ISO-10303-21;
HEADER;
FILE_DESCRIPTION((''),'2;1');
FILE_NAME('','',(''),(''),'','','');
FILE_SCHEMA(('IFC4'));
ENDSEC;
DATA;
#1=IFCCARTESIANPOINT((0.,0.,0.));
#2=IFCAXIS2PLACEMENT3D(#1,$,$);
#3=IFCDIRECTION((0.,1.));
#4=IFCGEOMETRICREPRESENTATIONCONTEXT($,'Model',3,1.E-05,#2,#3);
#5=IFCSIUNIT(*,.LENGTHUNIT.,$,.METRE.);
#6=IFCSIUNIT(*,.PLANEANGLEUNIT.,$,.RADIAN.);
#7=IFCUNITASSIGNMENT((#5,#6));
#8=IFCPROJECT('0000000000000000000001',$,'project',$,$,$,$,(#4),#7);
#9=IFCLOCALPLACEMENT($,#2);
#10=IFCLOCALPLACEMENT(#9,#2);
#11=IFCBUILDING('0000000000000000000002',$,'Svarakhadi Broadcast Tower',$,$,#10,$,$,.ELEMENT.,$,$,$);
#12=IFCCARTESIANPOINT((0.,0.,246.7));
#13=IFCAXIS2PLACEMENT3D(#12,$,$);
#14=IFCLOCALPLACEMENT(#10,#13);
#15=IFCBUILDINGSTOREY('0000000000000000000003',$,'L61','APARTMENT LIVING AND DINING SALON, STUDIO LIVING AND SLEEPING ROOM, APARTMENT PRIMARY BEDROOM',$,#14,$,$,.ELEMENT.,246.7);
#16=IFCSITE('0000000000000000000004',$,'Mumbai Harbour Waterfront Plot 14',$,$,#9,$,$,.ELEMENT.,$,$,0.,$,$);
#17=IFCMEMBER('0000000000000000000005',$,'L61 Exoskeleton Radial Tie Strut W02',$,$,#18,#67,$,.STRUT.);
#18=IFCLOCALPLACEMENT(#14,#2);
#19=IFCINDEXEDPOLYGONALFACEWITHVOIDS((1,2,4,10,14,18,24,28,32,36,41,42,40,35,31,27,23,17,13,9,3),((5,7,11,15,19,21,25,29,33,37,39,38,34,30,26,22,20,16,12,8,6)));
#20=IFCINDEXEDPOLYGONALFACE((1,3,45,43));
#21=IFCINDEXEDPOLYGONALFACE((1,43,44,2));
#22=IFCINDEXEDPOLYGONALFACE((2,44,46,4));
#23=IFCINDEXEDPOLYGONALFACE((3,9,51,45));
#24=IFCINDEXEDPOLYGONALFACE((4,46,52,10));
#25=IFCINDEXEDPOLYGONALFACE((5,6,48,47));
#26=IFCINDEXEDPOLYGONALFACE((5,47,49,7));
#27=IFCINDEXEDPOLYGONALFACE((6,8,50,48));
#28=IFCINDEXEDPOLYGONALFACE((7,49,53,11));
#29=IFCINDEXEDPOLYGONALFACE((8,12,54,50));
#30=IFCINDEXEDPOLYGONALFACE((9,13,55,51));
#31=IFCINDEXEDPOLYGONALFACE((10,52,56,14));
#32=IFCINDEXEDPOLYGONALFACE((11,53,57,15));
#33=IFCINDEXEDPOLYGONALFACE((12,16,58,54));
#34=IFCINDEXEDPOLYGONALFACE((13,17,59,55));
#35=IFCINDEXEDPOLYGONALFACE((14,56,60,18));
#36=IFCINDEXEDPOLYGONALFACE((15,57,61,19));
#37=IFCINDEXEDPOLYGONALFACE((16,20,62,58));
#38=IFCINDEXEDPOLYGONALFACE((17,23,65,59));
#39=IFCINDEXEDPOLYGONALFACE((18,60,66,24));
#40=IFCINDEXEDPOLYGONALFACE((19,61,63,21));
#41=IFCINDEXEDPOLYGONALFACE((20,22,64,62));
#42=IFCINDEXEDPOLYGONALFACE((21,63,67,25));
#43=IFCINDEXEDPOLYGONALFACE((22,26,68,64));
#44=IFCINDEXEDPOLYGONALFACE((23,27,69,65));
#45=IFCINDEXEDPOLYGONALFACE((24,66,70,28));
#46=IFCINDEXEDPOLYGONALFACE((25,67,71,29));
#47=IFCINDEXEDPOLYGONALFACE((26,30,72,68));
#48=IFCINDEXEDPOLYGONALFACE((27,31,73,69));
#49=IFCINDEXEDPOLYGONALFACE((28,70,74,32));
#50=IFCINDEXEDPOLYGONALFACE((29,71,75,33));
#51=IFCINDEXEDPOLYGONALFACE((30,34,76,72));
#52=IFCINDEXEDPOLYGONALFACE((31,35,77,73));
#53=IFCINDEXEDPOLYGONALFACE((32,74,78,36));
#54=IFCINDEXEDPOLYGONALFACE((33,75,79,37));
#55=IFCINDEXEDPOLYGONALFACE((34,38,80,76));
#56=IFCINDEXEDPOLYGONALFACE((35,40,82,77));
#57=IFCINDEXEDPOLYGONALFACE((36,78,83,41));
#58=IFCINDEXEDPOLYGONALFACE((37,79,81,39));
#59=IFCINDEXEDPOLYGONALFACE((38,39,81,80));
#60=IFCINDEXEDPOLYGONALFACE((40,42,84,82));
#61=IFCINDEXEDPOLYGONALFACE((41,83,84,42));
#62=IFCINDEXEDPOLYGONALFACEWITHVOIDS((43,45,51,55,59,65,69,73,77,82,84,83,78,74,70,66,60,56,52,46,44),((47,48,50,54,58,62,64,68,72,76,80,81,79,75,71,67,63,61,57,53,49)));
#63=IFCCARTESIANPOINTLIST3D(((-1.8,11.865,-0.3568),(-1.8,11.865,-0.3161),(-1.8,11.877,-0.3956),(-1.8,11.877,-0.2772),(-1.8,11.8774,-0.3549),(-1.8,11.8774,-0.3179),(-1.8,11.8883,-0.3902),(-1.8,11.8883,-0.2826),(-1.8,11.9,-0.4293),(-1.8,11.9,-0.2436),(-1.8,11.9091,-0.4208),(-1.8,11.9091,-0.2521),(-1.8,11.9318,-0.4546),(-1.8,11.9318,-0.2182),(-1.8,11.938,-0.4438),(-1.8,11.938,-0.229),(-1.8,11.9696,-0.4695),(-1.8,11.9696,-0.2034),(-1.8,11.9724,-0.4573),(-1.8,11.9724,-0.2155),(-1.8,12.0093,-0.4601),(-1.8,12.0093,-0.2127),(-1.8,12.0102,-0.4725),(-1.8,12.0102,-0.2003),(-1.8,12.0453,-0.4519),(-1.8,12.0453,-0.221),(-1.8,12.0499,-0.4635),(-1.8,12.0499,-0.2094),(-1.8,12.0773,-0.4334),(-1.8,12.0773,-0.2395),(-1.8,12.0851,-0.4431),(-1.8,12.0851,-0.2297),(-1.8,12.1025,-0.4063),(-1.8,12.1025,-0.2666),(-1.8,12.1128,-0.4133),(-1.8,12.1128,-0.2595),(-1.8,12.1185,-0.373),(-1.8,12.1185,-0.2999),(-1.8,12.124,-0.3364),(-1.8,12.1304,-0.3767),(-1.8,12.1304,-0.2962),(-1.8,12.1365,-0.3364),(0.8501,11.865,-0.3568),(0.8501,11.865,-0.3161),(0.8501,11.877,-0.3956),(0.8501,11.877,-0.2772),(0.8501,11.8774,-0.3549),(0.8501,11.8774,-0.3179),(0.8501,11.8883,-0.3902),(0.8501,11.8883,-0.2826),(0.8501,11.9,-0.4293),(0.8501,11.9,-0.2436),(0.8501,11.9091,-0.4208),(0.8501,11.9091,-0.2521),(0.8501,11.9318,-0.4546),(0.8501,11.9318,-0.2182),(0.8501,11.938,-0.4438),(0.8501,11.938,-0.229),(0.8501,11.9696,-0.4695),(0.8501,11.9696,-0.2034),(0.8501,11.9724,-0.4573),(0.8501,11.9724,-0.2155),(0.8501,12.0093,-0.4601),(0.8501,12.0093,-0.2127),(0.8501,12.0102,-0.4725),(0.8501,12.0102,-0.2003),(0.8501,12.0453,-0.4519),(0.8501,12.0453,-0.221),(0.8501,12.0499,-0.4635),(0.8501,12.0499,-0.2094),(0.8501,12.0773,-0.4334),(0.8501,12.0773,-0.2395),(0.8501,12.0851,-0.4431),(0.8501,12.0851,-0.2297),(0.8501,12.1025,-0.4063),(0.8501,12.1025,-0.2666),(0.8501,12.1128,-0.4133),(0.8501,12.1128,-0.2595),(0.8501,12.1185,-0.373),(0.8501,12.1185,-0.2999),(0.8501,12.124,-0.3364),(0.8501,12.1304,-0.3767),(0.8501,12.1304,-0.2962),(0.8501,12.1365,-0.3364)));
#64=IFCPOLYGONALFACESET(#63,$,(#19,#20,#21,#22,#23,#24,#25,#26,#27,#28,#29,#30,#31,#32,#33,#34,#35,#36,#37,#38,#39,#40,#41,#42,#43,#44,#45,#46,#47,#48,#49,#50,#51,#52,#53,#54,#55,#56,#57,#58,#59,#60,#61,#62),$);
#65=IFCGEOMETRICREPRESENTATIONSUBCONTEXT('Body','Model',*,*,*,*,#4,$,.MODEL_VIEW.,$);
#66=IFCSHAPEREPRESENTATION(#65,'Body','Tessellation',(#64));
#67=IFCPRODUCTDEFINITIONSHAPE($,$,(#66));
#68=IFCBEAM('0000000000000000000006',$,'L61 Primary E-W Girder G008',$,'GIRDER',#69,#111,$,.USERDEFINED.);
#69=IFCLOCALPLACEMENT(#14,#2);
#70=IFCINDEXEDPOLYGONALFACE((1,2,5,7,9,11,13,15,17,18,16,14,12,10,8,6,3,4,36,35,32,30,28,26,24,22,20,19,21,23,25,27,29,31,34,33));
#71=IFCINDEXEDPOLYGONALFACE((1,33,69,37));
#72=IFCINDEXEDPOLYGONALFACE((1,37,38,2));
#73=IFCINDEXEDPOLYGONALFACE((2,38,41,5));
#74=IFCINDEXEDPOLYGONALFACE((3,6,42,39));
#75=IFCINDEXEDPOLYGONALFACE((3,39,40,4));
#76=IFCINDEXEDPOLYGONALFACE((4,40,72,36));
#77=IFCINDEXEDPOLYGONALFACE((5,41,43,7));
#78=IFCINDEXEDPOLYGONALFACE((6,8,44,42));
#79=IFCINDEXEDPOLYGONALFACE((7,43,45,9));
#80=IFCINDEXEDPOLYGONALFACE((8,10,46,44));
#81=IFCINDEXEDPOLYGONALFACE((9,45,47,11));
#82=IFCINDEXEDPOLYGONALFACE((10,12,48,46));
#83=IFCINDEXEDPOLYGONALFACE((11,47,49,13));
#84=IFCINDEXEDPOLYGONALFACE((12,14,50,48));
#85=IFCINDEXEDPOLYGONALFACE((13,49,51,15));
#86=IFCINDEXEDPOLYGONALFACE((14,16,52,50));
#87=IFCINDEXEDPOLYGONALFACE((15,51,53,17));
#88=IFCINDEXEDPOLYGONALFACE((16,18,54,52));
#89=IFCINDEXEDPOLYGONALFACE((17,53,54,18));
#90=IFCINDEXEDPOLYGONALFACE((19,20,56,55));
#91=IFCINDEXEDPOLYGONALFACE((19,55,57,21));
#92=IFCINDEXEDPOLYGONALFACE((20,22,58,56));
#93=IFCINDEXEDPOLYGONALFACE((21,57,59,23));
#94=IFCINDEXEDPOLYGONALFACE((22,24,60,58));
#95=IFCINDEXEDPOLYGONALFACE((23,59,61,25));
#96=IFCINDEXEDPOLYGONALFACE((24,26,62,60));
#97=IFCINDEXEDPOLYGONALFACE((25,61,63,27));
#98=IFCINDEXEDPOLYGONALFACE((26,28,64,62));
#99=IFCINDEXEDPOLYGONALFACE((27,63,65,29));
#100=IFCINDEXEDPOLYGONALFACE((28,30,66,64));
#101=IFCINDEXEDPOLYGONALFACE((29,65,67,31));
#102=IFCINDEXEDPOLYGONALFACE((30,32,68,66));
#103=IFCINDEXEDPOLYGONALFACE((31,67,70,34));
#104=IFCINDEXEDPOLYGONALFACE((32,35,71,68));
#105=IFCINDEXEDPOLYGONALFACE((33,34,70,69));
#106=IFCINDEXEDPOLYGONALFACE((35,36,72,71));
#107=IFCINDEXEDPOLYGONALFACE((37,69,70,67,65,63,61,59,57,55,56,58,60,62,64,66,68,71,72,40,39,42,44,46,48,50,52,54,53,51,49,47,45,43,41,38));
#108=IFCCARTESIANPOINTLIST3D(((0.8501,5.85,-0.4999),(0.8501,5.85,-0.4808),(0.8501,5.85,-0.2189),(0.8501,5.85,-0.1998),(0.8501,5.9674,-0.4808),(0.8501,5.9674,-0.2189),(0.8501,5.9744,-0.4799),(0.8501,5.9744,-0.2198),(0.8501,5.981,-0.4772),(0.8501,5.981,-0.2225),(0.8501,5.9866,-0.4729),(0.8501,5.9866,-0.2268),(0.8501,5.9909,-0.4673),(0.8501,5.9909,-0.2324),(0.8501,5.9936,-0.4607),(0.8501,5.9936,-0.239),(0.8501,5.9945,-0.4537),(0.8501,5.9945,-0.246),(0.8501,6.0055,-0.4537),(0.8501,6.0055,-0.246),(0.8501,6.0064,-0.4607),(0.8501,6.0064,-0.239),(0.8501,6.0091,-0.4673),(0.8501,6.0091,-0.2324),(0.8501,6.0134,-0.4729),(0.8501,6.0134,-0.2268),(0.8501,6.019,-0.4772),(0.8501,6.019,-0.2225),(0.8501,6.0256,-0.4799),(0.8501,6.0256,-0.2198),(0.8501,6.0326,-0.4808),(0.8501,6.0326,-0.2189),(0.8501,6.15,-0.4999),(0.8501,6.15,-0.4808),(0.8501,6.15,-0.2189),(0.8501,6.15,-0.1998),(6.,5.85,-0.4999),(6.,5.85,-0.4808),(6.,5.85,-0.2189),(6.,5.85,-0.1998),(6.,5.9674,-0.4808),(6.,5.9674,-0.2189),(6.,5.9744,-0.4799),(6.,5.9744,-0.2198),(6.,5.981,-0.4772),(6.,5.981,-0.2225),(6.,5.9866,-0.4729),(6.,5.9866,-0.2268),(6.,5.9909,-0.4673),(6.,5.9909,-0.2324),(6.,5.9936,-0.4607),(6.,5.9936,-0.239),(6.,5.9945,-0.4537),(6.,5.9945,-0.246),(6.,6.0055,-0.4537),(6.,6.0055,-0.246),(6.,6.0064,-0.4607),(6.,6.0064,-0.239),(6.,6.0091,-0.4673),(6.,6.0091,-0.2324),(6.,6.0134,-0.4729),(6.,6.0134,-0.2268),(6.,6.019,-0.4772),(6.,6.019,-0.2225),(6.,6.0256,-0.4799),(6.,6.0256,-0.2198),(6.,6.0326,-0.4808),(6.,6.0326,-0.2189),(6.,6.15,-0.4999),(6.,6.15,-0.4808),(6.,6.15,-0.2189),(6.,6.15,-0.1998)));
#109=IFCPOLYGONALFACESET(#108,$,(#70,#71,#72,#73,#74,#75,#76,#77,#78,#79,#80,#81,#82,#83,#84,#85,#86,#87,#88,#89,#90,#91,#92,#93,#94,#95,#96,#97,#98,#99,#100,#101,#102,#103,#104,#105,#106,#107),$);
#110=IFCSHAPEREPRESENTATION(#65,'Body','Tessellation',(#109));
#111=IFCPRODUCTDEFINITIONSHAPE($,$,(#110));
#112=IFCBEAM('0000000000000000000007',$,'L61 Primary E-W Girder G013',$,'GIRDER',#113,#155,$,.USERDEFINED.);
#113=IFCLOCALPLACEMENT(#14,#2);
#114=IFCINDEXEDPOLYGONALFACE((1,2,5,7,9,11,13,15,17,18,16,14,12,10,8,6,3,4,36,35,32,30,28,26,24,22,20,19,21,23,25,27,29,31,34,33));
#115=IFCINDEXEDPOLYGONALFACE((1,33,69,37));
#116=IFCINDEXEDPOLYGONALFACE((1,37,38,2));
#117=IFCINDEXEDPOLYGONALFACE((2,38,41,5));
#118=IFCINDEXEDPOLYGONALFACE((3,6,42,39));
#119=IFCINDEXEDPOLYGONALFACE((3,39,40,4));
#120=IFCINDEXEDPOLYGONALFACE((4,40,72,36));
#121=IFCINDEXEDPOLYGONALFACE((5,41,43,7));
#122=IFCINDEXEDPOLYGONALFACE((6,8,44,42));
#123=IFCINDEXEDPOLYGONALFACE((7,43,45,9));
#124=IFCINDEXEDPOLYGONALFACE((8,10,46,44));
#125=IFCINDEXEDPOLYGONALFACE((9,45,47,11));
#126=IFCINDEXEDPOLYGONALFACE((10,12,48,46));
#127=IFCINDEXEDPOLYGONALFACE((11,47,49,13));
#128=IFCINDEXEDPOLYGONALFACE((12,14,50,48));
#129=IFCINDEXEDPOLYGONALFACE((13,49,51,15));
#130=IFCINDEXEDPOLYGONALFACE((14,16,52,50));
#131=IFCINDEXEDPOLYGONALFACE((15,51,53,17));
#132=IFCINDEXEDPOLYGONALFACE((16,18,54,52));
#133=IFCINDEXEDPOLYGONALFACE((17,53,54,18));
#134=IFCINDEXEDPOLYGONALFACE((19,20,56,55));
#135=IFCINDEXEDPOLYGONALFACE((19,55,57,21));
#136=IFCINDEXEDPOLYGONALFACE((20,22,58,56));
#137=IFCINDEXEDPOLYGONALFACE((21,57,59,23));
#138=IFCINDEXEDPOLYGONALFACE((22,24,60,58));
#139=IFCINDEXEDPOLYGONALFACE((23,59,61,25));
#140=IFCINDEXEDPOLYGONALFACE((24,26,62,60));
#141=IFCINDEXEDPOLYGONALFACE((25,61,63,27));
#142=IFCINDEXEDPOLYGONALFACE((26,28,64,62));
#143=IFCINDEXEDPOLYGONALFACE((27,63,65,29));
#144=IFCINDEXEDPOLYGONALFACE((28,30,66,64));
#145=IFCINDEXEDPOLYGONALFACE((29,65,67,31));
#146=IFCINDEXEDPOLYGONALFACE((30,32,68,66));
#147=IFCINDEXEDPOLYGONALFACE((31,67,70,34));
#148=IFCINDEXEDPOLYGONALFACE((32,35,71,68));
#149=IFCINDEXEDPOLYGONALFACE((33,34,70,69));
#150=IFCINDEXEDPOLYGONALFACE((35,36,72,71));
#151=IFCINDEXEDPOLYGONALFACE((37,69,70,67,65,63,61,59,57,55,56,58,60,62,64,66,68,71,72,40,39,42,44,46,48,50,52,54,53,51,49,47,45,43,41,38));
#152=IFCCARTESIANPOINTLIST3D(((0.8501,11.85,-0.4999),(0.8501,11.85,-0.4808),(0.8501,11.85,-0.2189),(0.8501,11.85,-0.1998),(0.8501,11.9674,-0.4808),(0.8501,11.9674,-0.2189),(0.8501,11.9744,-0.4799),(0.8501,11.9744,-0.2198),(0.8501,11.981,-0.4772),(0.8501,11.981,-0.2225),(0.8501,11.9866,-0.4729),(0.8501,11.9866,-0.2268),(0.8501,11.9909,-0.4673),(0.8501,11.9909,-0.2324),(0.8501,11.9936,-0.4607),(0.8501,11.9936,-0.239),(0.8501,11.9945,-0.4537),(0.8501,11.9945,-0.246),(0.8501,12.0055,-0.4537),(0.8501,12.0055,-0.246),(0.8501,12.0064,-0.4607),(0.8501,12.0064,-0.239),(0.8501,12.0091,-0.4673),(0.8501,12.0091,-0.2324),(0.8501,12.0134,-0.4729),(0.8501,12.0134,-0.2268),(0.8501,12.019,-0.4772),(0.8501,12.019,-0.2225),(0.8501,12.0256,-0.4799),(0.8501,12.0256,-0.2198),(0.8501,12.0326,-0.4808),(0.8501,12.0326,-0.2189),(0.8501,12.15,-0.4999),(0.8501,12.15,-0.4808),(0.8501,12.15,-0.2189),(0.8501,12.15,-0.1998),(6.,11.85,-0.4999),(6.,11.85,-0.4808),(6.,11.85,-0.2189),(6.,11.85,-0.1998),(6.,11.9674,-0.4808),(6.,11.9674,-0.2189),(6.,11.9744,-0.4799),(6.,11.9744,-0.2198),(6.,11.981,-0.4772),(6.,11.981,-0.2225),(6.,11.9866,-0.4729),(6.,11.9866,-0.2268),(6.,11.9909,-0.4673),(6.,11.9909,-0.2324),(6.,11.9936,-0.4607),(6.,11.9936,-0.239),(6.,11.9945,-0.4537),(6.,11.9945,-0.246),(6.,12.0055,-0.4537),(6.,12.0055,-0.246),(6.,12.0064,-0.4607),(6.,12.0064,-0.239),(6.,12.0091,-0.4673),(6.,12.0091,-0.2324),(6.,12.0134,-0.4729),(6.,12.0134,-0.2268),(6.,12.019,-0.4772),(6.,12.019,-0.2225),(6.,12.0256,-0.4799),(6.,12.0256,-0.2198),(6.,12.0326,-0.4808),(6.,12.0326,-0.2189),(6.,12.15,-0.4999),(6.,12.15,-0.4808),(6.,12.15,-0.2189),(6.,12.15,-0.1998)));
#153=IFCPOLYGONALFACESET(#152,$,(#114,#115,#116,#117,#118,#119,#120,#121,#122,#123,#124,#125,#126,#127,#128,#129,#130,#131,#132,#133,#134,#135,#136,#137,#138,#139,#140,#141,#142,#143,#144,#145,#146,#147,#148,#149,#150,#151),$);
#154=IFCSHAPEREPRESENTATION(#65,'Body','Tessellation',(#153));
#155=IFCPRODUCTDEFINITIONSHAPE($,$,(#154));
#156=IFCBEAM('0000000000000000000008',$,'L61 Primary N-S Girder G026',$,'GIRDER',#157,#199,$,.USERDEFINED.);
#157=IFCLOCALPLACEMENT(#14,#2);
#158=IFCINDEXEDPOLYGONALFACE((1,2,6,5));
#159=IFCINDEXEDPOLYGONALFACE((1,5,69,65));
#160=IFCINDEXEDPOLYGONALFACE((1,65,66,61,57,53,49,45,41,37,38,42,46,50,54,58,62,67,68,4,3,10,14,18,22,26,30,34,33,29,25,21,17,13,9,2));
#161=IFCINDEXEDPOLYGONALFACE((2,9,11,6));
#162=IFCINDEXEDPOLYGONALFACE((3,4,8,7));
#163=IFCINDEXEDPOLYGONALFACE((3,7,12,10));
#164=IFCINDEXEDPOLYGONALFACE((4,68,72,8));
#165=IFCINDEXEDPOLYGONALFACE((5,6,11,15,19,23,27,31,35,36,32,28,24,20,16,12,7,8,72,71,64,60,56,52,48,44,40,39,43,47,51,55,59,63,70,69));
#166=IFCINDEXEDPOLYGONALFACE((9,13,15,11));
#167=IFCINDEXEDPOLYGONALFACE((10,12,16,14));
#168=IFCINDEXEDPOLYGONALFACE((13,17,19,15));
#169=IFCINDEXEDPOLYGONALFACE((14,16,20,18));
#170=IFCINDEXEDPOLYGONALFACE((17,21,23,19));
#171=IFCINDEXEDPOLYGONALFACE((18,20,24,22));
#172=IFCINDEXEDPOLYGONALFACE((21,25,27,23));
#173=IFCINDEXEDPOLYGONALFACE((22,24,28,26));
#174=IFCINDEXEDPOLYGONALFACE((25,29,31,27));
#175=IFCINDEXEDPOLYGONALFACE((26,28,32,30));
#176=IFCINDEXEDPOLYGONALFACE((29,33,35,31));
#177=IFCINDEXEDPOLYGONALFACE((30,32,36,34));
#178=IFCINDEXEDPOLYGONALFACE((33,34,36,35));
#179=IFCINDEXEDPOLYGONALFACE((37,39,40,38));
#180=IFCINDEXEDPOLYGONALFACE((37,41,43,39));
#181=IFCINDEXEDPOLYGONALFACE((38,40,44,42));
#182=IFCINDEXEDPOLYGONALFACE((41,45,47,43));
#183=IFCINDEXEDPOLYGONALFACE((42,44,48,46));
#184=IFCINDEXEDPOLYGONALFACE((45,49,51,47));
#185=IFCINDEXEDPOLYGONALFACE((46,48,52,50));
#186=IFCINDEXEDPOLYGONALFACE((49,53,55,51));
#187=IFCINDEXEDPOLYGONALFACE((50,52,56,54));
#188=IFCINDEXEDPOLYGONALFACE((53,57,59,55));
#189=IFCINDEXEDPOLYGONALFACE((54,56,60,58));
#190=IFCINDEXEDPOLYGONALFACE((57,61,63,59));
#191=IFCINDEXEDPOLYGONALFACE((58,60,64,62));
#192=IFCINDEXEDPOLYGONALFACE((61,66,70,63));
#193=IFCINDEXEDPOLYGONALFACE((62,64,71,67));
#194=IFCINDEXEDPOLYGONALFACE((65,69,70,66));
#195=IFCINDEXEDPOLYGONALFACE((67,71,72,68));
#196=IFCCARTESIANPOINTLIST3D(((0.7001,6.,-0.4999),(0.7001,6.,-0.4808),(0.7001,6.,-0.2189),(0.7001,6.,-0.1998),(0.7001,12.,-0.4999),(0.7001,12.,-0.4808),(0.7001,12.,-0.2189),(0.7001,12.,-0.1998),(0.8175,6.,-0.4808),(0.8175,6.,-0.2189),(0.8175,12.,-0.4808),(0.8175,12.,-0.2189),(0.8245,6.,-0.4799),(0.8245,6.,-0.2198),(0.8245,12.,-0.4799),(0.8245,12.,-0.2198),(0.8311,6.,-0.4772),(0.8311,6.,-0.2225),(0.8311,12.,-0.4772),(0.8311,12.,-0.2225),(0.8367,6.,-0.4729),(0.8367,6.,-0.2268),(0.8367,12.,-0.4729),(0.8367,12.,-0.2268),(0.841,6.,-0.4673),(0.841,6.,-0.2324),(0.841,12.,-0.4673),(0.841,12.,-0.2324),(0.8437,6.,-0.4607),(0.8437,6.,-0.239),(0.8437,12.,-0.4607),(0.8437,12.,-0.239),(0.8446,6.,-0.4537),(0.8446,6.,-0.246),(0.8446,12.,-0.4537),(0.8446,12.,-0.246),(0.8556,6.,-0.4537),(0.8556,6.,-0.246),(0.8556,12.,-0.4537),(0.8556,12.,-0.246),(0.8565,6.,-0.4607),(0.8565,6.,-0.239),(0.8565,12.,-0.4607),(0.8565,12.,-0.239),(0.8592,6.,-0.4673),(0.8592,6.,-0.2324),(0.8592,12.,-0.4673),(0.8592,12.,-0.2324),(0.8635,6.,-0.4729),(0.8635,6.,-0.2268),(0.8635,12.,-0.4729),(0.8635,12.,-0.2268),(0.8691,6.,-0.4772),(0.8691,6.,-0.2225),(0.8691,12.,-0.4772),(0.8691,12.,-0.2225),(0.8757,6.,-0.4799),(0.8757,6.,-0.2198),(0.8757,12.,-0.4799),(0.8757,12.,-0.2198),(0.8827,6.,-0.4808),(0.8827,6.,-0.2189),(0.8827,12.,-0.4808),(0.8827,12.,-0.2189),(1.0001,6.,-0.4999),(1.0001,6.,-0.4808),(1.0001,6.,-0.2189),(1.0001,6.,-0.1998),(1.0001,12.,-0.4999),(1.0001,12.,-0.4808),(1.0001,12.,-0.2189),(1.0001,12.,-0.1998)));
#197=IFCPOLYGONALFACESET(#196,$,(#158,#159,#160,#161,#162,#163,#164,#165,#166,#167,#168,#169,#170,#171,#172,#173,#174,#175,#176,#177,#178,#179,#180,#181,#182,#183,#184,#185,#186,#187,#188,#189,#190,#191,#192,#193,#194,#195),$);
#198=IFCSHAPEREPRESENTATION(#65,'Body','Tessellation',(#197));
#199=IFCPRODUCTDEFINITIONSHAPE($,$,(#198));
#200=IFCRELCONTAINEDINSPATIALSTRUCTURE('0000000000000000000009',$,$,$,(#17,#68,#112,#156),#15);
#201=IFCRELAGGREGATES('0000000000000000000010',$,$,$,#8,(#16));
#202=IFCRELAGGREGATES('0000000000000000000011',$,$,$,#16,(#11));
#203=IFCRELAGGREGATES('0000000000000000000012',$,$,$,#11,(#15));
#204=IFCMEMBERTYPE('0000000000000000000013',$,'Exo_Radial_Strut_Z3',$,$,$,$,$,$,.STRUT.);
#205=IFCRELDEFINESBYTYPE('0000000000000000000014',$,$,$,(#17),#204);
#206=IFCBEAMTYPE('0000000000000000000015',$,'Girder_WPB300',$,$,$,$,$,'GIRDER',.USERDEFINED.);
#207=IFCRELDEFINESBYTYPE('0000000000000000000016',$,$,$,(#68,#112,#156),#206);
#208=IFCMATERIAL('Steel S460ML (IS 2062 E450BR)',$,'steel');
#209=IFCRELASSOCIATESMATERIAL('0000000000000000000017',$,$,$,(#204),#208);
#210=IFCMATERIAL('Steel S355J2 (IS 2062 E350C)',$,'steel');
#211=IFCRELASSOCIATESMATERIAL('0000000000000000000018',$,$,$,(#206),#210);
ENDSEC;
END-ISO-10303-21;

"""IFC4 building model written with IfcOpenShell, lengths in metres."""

from ifc_helpers import new_model, si_unit, direction, frame, origin, origin_2d, place, context, subcontext, project, spatial, hollow_circle, i_section, extrude, material, material_profile, profile_set, type_object, element, save


model = new_model("IFC4")

# Units and contexts
model_context = context("Model", 3, precision=1e-05, world=origin(), true_north=direction((0.0, 1.0)))
body_context = subcontext(model_context, "Body", "Model", "MODEL_VIEW")
ifc_project = project(units=[si_unit("LENGTHUNIT", "METRE"), si_unit("PLANEANGLEUNIT", "RADIAN")], contexts=[model_context])

# Site, building, storey
site_placement = place(None, origin())
site = spatial("IfcSite", under=ifc_project, at=site_placement, Name="Mumbai Harbour Waterfront Plot 14", CompositionType="ELEMENT", RefElevation=0.0)
building_placement = place(site_placement, origin())
building = spatial("IfcBuilding", under=site, at=building_placement, Name="Svarakhadi Broadcast Tower", CompositionType="ELEMENT")
storey_placement = place(building_placement, frame((0.0, 0.0, 246.7)))
storey = spatial("IfcBuildingStorey", under=building, at=storey_placement, Name="L61", Description="APARTMENT LIVING AND DINING SALON, STUDIO LIVING AND SLEEPING ROOM, APARTMENT PRIMARY BEDROOM", CompositionType="ELEMENT", Elevation=246.7)

# Shared definitions
ifc_material_1 = material(Name="Steel S460ML (IS 2062 E450BR)", Category="steel")

# Shared definitions
ifc_material_2 = material(Name="Steel S355J2 (IS 2062 E350C)", Category="steel")

# Member
ifc_material_profile_1 = material_profile(ifc_material_1, hollow_circle(Radius=0.1365, WallThickness=0.0125, at=origin_2d()), Name="CHS 273x12.5")
ifc_profile_set_1 = profile_set([ifc_material_profile_1], Name="Steel S460ML (IS 2062 E450BR)")
member_type_1 = type_object("IfcMemberType", Name="Exo_Radial_Strut_Z3", PredefinedType="STRUT", material=ifc_profile_set_1)
member_1_placement = place(storey_placement, frame((-1.8, 12.0, -0.3364), z_axis=(1.0, 0.0, 0.0), x_axis=(0.0, 1.0, 0.0)))
element("IfcMember", 1, at=member_1_placement, inside=storey, type_object=member_type_1, Name="L61 Exoskeleton Radial Tie Strut W02", PredefinedType="STRUT", context=body_context, shape_type="SweptSolid", body=[
    extrude(hollow_circle(Radius=0.1365, WallThickness=0.0125, at=origin_2d()), origin(), (0.0, 0.0, 1.0), 2.6501),
])

# Beams
ifc_material_profile_2 = material_profile(ifc_material_2, i_section(OverallWidth=0.3, OverallDepth=0.3, WebThickness=0.011, FlangeThickness=0.019, FilletRadius=0.0271, at=origin_2d()), Name="WPB 300x300x117")
ifc_profile_set_2 = profile_set([ifc_material_profile_2], Name="Steel S355J2 (IS 2062 E350C)")
beam_type_1 = type_object("IfcBeamType", Name="Girder_WPB300", ElementType="GIRDER", PredefinedType="USERDEFINED", material=ifc_profile_set_2)
for number, where, z_axis, x_axis, name in (
    (2, (0.8501, 6.0, -0.3499), (1.0, 0.0, 0.0), (0.0, 1.0, 0.0), "L61 Primary E-W Girder G008"),
    (3, (0.8501, 12.0, -0.3499), (1.0, 0.0, 0.0), (0.0, 1.0, 0.0), "L61 Primary E-W Girder G013"),
):
    element("IfcBeam", number, at=place(storey_placement, frame(where, z_axis=z_axis, x_axis=x_axis)), inside=storey, type_object=beam_type_1, Name=name, ObjectType="GIRDER", PredefinedType="USERDEFINED", context=body_context, shape_type="SweptSolid", body=[
        extrude(i_section(OverallWidth=0.3, OverallDepth=0.3, WebThickness=0.011, FlangeThickness=0.019, FilletRadius=0.0271, at=origin_2d()), origin(), (0.0, 0.0, 1.0), 5.1499),
    ])
for number, where, z_axis, x_axis, name in (
    (4, (0.8501, 6.0, -0.3499), (0.0, 1.0, 0.0), (-1.0, 0.0, 0.0), "L61 Primary N-S Girder G026"),
):
    element("IfcBeam", number, at=place(storey_placement, frame(where, z_axis=z_axis, x_axis=x_axis)), inside=storey, type_object=beam_type_1, Name=name, ObjectType="GIRDER", PredefinedType="USERDEFINED", context=body_context, shape_type="SweptSolid", body=[
        extrude(i_section(OverallWidth=0.3, OverallDepth=0.3, WebThickness=0.011, FlangeThickness=0.019, FilletRadius=0.0271, at=origin_2d()), origin(), (0.0, 0.0, 1.0), 6.0),
    ])

save(model, "model.ifc")
